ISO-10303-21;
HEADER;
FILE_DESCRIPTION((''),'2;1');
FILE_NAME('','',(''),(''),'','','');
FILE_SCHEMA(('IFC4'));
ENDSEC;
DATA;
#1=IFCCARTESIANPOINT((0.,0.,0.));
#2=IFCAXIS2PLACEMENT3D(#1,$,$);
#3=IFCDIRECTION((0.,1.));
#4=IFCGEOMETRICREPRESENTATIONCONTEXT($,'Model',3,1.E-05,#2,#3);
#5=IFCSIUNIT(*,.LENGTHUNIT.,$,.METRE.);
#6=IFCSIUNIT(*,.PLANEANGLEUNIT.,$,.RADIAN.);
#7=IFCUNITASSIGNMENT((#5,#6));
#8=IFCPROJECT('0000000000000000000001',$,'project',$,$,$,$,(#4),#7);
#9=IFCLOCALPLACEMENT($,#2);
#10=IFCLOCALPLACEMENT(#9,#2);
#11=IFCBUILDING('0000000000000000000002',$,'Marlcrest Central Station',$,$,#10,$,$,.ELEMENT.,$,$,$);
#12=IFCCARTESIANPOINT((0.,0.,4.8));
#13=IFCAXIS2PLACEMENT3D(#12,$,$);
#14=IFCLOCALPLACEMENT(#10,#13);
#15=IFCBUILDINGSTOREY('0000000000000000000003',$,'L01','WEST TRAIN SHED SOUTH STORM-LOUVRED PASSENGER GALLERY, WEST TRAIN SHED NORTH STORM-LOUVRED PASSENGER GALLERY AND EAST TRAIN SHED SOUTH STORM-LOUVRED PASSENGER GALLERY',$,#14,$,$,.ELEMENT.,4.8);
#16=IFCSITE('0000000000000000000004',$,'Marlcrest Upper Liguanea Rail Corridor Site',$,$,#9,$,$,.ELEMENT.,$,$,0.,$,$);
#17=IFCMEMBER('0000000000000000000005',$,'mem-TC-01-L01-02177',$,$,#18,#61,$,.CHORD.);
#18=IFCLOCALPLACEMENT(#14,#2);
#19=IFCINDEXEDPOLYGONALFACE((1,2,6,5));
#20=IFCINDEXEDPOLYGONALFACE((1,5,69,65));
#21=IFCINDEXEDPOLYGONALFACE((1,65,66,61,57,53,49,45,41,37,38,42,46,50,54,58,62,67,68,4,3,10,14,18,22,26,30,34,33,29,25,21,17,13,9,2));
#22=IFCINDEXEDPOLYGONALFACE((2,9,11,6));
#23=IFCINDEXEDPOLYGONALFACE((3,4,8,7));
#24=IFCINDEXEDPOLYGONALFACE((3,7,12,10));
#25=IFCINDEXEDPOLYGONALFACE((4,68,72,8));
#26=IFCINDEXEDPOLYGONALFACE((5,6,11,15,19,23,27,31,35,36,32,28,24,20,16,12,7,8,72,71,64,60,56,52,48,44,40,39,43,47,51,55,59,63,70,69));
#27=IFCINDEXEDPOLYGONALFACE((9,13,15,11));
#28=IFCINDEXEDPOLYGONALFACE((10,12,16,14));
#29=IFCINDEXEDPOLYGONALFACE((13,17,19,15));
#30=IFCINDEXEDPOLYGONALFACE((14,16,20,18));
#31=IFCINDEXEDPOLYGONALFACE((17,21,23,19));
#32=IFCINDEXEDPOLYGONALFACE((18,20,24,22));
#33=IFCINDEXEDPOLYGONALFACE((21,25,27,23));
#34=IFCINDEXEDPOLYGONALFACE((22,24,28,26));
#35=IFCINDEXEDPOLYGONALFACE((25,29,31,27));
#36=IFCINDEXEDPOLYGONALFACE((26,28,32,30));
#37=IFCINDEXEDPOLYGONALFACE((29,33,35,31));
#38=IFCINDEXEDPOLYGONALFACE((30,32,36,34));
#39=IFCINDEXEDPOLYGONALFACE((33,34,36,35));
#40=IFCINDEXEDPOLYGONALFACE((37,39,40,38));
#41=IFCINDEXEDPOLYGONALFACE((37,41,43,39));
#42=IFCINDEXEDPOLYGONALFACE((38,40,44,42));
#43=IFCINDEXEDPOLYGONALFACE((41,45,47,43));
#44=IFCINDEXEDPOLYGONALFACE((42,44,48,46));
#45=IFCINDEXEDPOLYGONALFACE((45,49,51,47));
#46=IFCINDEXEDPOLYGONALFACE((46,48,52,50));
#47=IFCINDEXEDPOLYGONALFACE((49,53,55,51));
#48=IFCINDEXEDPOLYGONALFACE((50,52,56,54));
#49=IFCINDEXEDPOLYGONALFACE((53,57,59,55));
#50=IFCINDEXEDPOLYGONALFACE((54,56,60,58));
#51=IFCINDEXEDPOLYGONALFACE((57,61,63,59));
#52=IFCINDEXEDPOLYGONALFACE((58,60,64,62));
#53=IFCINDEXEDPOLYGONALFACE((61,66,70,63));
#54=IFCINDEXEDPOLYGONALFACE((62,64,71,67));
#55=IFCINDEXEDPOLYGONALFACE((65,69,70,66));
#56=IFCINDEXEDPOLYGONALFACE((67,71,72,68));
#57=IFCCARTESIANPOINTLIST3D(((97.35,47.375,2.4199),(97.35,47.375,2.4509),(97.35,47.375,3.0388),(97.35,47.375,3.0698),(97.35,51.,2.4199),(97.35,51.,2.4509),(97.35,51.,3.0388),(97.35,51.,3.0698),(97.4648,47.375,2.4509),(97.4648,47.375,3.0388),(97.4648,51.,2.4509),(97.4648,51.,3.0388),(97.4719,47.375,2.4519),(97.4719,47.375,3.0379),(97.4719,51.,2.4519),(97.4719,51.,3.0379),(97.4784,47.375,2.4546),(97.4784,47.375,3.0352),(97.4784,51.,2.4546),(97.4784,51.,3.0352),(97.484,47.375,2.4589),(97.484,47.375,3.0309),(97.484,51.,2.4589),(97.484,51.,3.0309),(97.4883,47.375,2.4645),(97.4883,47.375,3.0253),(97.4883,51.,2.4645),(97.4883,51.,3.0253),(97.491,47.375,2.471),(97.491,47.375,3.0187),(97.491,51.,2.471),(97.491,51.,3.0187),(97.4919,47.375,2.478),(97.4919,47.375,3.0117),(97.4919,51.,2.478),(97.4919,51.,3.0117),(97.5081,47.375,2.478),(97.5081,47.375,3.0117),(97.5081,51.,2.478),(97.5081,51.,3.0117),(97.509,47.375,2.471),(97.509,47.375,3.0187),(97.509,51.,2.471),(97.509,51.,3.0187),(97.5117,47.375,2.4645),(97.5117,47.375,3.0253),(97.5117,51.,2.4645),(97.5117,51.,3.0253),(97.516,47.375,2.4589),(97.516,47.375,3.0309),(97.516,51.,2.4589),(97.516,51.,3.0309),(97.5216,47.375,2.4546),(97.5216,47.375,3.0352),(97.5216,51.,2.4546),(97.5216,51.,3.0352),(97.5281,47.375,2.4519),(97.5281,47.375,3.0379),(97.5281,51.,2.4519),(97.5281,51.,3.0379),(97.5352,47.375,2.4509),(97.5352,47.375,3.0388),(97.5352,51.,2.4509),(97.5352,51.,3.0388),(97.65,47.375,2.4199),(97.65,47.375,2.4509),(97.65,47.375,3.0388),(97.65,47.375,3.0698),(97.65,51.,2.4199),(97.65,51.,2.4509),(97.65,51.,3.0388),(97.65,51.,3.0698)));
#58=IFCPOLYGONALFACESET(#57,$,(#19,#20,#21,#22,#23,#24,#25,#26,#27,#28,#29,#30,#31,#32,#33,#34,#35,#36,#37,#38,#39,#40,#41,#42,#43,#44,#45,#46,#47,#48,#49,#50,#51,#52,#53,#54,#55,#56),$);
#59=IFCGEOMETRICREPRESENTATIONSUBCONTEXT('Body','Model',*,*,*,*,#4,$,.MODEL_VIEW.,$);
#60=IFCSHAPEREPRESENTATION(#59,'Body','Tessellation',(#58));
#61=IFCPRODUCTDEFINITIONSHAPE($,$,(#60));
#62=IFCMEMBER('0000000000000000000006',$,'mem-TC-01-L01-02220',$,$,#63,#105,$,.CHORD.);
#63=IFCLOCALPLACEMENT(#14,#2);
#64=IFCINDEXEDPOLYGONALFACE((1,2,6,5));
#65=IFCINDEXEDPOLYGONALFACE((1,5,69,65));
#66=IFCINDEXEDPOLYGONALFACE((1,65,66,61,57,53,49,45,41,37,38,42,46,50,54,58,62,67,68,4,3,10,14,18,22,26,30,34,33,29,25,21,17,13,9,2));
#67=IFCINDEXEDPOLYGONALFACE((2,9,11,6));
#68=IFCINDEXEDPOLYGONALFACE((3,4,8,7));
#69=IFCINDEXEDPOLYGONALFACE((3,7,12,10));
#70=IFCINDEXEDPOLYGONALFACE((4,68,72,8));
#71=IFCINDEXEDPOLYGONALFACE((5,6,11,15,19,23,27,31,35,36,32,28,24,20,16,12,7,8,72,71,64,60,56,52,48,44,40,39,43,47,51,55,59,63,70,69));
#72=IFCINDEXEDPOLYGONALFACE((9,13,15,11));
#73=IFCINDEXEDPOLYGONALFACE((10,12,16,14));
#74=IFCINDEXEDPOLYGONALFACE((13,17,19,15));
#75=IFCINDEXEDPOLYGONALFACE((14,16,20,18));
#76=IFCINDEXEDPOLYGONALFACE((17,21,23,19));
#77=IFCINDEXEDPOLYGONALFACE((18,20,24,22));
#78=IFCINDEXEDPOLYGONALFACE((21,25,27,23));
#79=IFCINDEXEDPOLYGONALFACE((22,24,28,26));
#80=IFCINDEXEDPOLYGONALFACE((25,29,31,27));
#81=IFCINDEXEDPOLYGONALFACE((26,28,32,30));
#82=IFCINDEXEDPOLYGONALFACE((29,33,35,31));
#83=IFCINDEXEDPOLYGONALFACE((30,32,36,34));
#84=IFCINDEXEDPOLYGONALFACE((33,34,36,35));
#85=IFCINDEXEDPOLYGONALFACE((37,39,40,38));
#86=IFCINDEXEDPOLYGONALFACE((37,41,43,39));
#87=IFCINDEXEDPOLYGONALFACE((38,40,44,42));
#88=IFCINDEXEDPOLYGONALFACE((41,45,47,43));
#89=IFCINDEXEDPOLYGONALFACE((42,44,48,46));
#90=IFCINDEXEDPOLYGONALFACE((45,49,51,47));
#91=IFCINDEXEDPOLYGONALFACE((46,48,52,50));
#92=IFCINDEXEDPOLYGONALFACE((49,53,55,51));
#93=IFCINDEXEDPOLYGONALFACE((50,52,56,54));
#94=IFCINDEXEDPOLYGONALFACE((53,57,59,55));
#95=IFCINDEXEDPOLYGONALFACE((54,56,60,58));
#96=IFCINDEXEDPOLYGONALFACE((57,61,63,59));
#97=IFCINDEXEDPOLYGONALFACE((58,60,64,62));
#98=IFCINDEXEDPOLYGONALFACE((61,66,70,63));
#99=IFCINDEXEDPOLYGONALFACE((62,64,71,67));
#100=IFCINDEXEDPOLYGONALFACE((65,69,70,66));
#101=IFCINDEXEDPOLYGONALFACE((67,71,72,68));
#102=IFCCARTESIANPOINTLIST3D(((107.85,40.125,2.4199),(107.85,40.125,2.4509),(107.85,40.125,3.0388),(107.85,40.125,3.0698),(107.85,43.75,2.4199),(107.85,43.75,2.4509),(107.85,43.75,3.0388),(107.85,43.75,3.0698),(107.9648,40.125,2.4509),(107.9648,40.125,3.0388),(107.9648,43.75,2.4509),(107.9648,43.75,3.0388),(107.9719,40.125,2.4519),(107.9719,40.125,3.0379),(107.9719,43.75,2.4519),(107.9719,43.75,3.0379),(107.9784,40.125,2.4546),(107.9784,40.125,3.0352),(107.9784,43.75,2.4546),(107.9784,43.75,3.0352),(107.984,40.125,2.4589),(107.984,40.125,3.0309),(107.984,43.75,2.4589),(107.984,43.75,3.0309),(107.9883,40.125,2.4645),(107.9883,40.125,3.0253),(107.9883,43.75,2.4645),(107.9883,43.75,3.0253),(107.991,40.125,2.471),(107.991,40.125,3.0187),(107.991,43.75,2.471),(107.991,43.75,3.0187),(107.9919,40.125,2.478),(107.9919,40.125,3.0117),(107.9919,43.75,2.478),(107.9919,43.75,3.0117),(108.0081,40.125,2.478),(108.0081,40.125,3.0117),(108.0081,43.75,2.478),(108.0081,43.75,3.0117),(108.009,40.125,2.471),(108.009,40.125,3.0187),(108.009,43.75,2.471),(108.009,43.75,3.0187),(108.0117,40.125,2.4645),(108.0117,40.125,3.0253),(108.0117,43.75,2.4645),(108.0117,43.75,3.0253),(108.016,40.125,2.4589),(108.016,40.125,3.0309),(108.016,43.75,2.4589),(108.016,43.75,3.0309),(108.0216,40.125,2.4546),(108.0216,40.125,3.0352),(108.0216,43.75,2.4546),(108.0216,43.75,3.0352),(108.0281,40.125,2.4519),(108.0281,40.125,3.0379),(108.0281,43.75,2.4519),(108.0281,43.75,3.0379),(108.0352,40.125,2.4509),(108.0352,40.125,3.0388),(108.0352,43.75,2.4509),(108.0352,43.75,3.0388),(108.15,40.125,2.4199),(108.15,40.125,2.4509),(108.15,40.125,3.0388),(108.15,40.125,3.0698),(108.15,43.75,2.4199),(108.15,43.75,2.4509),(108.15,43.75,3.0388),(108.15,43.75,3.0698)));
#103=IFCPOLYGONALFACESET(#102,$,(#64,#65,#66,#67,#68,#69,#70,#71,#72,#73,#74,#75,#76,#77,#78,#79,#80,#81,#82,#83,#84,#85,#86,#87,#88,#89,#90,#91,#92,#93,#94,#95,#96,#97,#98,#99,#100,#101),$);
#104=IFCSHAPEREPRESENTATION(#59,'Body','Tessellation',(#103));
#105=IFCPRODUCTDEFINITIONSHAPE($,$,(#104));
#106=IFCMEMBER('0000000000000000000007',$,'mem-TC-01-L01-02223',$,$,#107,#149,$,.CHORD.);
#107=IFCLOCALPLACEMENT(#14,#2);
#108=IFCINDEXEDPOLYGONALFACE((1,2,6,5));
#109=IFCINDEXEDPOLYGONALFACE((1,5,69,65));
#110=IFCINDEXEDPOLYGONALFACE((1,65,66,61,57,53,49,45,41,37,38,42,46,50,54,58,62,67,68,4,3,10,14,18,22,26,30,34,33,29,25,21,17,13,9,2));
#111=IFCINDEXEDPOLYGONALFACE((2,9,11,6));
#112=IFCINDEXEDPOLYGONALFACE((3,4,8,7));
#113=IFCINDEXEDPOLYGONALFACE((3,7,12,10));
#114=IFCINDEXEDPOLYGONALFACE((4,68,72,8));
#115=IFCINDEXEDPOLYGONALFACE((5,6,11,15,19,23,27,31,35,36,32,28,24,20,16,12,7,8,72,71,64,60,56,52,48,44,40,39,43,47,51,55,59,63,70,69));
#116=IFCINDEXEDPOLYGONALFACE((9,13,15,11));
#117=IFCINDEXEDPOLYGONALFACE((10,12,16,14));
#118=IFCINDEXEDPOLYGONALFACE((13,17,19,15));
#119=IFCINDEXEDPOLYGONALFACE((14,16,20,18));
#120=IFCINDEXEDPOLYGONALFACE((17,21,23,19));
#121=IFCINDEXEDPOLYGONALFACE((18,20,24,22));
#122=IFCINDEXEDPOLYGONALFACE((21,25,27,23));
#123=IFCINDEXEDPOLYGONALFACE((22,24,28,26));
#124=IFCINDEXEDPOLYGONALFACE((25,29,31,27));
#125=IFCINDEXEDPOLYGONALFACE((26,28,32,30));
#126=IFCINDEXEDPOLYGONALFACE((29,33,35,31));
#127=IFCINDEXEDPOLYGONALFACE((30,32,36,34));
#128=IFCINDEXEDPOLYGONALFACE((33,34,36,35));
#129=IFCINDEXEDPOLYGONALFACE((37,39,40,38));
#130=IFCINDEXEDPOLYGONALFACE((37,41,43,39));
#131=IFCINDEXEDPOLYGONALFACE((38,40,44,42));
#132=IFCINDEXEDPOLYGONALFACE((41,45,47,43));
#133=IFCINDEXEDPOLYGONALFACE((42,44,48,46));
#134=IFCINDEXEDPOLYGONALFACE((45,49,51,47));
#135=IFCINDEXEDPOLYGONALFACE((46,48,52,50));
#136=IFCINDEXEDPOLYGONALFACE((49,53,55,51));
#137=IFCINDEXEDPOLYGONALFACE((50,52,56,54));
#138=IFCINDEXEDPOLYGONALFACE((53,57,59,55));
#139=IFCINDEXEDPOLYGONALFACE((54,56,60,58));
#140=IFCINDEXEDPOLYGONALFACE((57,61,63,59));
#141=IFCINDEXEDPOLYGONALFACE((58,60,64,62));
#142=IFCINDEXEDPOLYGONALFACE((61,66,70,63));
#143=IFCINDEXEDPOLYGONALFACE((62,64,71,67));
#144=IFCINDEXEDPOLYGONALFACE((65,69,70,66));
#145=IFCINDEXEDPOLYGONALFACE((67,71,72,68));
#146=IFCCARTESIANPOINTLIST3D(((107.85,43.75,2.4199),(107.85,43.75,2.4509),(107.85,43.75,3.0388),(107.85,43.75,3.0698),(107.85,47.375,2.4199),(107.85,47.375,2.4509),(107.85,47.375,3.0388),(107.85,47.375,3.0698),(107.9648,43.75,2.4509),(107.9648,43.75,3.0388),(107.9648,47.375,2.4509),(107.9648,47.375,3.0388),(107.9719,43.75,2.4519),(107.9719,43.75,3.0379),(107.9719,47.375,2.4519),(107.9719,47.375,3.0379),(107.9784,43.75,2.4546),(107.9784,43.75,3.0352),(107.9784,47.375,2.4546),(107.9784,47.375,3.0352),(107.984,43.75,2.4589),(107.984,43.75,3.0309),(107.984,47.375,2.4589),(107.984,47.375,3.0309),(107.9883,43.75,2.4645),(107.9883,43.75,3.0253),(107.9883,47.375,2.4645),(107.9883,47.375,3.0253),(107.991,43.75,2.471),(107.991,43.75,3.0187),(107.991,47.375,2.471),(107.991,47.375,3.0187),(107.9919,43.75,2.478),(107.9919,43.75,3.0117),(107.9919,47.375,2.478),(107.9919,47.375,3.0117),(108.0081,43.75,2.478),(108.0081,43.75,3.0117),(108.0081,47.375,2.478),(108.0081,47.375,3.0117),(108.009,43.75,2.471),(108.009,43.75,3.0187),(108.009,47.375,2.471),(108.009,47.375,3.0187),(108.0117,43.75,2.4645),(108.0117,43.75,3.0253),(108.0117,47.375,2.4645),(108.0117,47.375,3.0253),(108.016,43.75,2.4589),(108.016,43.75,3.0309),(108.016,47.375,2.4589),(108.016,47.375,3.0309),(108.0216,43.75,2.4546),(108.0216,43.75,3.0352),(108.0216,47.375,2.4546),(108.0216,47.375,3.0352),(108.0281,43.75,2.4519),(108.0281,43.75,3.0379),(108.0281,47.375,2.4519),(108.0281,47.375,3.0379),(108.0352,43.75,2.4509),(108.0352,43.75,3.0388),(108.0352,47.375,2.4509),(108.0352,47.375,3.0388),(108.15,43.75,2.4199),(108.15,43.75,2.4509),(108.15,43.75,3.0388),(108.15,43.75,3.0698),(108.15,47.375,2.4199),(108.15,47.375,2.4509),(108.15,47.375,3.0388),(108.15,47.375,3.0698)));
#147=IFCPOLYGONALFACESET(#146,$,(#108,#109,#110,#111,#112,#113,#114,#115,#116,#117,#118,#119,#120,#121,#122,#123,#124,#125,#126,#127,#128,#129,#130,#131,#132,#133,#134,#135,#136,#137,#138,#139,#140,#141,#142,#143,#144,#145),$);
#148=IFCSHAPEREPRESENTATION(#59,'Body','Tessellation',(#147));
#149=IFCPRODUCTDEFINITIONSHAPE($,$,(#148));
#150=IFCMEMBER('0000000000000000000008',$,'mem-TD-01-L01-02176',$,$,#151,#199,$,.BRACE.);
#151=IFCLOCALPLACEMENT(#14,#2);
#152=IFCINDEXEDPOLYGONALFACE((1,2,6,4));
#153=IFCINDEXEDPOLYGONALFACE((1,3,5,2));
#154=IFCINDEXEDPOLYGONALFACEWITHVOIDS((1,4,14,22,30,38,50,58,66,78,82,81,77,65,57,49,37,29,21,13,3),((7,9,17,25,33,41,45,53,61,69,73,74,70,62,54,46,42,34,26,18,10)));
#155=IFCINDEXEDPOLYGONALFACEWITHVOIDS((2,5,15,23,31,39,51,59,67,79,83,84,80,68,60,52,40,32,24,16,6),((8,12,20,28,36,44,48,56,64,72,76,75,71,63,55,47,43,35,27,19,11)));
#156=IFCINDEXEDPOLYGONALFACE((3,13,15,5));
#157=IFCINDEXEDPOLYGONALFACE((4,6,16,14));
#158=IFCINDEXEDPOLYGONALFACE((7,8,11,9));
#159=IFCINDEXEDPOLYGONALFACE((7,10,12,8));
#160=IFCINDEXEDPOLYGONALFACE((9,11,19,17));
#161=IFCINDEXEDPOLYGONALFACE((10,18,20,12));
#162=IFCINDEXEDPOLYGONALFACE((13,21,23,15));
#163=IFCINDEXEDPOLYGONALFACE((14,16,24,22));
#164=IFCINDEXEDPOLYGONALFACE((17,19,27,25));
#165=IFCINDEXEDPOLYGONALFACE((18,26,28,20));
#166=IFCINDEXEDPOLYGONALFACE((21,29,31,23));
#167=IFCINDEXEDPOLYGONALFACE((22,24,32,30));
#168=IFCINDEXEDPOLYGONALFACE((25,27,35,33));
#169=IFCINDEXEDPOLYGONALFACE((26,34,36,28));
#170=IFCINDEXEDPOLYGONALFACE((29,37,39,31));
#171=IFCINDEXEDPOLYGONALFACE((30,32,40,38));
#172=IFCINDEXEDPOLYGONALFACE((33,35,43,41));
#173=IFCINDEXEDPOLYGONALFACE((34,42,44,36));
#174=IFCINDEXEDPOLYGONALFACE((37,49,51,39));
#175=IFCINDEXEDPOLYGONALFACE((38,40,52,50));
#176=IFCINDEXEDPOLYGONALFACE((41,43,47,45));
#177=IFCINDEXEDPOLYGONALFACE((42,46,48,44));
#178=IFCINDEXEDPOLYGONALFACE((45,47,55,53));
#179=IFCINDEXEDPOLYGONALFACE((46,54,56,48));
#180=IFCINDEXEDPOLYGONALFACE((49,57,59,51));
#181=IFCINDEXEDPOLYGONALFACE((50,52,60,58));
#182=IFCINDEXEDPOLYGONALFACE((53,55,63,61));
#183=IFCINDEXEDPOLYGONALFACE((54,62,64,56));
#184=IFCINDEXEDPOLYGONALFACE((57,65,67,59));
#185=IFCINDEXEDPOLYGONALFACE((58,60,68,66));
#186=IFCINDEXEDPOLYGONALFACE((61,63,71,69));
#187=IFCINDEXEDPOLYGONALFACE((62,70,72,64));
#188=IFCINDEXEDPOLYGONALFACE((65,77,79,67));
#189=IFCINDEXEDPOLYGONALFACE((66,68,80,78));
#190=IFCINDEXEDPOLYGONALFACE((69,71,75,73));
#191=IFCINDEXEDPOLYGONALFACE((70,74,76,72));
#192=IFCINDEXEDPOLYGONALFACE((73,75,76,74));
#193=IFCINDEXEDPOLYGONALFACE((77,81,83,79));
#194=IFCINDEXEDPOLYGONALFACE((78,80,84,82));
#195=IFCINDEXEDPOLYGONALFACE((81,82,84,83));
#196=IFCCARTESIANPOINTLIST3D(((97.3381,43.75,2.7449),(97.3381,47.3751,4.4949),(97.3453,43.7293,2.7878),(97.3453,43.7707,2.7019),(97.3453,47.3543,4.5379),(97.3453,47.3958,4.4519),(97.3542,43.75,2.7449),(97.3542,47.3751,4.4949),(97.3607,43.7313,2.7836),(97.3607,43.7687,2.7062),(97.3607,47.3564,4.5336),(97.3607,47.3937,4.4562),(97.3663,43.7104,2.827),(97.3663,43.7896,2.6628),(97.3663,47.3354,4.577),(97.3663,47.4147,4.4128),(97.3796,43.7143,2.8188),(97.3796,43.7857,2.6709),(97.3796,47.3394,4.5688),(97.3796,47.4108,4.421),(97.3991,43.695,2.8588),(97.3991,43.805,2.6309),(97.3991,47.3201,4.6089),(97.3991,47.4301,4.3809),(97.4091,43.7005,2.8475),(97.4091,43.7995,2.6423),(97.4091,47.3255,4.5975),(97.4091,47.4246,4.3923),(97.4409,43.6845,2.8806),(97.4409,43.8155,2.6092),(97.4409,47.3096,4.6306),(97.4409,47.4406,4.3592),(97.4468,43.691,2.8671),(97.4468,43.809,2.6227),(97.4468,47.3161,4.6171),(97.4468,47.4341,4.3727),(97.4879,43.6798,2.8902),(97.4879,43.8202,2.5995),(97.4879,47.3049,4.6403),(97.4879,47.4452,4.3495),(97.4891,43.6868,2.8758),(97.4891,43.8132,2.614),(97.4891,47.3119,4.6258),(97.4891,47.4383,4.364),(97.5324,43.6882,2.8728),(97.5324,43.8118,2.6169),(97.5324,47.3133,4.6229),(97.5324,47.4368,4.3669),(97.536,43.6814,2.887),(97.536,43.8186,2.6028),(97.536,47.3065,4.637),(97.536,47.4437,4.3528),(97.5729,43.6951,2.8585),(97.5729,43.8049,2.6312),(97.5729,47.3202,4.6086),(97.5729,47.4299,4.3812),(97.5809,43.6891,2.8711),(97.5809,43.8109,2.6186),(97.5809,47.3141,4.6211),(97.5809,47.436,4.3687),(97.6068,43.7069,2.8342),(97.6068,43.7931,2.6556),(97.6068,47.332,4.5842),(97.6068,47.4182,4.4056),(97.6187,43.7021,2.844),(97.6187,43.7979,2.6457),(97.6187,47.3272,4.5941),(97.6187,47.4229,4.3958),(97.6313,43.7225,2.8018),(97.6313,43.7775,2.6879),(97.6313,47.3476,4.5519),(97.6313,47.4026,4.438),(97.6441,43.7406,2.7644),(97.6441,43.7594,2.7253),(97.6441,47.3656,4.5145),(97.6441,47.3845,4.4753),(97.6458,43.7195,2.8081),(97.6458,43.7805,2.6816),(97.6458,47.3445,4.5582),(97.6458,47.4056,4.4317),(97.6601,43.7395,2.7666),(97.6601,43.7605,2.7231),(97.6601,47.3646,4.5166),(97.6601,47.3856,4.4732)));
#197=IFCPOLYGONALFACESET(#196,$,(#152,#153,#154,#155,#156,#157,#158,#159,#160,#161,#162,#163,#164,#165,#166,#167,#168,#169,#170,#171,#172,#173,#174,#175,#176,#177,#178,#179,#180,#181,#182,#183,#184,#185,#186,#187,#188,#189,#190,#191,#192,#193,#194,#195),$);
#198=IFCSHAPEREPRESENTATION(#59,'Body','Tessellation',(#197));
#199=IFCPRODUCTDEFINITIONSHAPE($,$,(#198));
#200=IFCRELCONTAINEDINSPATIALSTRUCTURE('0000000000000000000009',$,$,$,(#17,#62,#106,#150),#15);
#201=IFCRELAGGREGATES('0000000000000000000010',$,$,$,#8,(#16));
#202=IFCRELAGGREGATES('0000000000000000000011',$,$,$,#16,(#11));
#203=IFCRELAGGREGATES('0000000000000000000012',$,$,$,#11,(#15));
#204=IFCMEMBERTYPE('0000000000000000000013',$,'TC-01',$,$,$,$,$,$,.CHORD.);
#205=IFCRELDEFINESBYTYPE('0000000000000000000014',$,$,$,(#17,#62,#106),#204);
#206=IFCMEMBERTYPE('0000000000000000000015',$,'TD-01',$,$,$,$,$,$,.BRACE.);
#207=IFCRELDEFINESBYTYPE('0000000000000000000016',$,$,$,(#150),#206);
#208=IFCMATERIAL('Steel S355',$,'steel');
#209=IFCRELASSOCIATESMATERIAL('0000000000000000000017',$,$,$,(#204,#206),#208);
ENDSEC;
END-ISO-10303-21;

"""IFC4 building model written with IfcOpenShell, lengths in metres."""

from ifc_helpers import new_model, si_unit, direction, frame, origin, origin_2d, place, context, subcontext, project, spatial, hollow_circle, i_section, extrude, material, material_profile, profile_set, type_object, element, save


model = new_model("IFC4")

# Units and contexts
model_context = context("Model", 3, precision=1e-05, world=origin(), true_north=direction((0.0, 1.0)))
body_context = subcontext(model_context, "Body", "Model", "MODEL_VIEW")
ifc_project = project(units=[si_unit("LENGTHUNIT", "METRE"), si_unit("PLANEANGLEUNIT", "RADIAN")], contexts=[model_context])

# Site, building, storey
site_placement = place(None, origin())
site = spatial("IfcSite", under=ifc_project, at=site_placement, Name="Marlcrest Upper Liguanea Rail Corridor Site", CompositionType="ELEMENT", RefElevation=0.0)
building_placement = place(site_placement, origin())
building = spatial("IfcBuilding", under=site, at=building_placement, Name="Marlcrest Central Station", CompositionType="ELEMENT")
storey_placement = place(building_placement, frame((0.0, 0.0, 4.8)))
storey = spatial("IfcBuildingStorey", under=building, at=storey_placement, Name="L01", Description="WEST TRAIN SHED SOUTH STORM-LOUVRED PASSENGER GALLERY, WEST TRAIN SHED NORTH STORM-LOUVRED PASSENGER GALLERY AND EAST TRAIN SHED SOUTH STORM-LOUVRED PASSENGER GALLERY", CompositionType="ELEMENT", Elevation=4.8)

# Shared definitions
ifc_material = material(Name="Steel S355", Category="steel")

# Members
ifc_material_profile_1 = material_profile(ifc_material, i_section(OverallWidth=0.3, OverallDepth=0.6499, WebThickness=0.0161, FlangeThickness=0.031, FilletRadius=0.0271, at=origin_2d()), Name="HEB 650")
ifc_profile_set_1 = profile_set([ifc_material_profile_1], Name="Steel S355")
member_type_1 = type_object("IfcMemberType", Name="TC-01", PredefinedType="CHORD", material=ifc_profile_set_1)
for number, where, z_axis, x_axis, name in (
    (1, (97.5, 47.375, 2.7449), (0.0, 1.0, 0.0), (-1.0, 0.0, 0.0), "mem-TC-01-L01-02177"),
    (2, (108.0, 40.125, 2.7449), (0.0, 1.0, 0.0), (-1.0, 0.0, 0.0), "mem-TC-01-L01-02220"),
    (3, (108.0, 43.75, 2.7449), (0.0, 1.0, 0.0), (-1.0, 0.0, 0.0), "mem-TC-01-L01-02223"),
):
    element("IfcMember", number, at=place(storey_placement, frame(where, z_axis=z_axis, x_axis=x_axis)), inside=storey, type_object=member_type_1, Name=name, PredefinedType="CHORD", context=body_context, shape_type="SweptSolid", body=[
        extrude(i_section(OverallWidth=0.3, OverallDepth=0.6499, WebThickness=0.0161, FlangeThickness=0.031, FilletRadius=0.0271, at=origin_2d()), origin(), (0.0, 0.0, 1.0), 3.625),
    ])
ifc_material_profile_2 = material_profile(ifc_material, hollow_circle(Radius=0.1619, WallThickness=0.0161, at=origin_2d()), Name="CHS 323.9x16")
ifc_profile_set_2 = profile_set([ifc_material_profile_2], Name="Steel S355")
member_type_2 = type_object("IfcMemberType", Name="TD-01", PredefinedType="BRACE", material=ifc_profile_set_2)
for number, where, z_axis, x_axis, name in (
    (4, (97.5, 43.75, 2.7449), (0.0, 0.900552, 0.434749), (-1.0, 0.0, 0.0), "mem-TD-01-L01-02176"),
):
    element("IfcMember", number, at=place(storey_placement, frame(where, z_axis=z_axis, x_axis=x_axis)), inside=storey, type_object=member_type_2, Name=name, PredefinedType="BRACE", context=body_context, shape_type="SweptSolid", body=[
        extrude(hollow_circle(Radius=0.1619, WallThickness=0.0161, at=origin_2d()), origin(), (0.0, 0.0, 1.0), 4.0254),
    ])

save(model, "model.ifc")
